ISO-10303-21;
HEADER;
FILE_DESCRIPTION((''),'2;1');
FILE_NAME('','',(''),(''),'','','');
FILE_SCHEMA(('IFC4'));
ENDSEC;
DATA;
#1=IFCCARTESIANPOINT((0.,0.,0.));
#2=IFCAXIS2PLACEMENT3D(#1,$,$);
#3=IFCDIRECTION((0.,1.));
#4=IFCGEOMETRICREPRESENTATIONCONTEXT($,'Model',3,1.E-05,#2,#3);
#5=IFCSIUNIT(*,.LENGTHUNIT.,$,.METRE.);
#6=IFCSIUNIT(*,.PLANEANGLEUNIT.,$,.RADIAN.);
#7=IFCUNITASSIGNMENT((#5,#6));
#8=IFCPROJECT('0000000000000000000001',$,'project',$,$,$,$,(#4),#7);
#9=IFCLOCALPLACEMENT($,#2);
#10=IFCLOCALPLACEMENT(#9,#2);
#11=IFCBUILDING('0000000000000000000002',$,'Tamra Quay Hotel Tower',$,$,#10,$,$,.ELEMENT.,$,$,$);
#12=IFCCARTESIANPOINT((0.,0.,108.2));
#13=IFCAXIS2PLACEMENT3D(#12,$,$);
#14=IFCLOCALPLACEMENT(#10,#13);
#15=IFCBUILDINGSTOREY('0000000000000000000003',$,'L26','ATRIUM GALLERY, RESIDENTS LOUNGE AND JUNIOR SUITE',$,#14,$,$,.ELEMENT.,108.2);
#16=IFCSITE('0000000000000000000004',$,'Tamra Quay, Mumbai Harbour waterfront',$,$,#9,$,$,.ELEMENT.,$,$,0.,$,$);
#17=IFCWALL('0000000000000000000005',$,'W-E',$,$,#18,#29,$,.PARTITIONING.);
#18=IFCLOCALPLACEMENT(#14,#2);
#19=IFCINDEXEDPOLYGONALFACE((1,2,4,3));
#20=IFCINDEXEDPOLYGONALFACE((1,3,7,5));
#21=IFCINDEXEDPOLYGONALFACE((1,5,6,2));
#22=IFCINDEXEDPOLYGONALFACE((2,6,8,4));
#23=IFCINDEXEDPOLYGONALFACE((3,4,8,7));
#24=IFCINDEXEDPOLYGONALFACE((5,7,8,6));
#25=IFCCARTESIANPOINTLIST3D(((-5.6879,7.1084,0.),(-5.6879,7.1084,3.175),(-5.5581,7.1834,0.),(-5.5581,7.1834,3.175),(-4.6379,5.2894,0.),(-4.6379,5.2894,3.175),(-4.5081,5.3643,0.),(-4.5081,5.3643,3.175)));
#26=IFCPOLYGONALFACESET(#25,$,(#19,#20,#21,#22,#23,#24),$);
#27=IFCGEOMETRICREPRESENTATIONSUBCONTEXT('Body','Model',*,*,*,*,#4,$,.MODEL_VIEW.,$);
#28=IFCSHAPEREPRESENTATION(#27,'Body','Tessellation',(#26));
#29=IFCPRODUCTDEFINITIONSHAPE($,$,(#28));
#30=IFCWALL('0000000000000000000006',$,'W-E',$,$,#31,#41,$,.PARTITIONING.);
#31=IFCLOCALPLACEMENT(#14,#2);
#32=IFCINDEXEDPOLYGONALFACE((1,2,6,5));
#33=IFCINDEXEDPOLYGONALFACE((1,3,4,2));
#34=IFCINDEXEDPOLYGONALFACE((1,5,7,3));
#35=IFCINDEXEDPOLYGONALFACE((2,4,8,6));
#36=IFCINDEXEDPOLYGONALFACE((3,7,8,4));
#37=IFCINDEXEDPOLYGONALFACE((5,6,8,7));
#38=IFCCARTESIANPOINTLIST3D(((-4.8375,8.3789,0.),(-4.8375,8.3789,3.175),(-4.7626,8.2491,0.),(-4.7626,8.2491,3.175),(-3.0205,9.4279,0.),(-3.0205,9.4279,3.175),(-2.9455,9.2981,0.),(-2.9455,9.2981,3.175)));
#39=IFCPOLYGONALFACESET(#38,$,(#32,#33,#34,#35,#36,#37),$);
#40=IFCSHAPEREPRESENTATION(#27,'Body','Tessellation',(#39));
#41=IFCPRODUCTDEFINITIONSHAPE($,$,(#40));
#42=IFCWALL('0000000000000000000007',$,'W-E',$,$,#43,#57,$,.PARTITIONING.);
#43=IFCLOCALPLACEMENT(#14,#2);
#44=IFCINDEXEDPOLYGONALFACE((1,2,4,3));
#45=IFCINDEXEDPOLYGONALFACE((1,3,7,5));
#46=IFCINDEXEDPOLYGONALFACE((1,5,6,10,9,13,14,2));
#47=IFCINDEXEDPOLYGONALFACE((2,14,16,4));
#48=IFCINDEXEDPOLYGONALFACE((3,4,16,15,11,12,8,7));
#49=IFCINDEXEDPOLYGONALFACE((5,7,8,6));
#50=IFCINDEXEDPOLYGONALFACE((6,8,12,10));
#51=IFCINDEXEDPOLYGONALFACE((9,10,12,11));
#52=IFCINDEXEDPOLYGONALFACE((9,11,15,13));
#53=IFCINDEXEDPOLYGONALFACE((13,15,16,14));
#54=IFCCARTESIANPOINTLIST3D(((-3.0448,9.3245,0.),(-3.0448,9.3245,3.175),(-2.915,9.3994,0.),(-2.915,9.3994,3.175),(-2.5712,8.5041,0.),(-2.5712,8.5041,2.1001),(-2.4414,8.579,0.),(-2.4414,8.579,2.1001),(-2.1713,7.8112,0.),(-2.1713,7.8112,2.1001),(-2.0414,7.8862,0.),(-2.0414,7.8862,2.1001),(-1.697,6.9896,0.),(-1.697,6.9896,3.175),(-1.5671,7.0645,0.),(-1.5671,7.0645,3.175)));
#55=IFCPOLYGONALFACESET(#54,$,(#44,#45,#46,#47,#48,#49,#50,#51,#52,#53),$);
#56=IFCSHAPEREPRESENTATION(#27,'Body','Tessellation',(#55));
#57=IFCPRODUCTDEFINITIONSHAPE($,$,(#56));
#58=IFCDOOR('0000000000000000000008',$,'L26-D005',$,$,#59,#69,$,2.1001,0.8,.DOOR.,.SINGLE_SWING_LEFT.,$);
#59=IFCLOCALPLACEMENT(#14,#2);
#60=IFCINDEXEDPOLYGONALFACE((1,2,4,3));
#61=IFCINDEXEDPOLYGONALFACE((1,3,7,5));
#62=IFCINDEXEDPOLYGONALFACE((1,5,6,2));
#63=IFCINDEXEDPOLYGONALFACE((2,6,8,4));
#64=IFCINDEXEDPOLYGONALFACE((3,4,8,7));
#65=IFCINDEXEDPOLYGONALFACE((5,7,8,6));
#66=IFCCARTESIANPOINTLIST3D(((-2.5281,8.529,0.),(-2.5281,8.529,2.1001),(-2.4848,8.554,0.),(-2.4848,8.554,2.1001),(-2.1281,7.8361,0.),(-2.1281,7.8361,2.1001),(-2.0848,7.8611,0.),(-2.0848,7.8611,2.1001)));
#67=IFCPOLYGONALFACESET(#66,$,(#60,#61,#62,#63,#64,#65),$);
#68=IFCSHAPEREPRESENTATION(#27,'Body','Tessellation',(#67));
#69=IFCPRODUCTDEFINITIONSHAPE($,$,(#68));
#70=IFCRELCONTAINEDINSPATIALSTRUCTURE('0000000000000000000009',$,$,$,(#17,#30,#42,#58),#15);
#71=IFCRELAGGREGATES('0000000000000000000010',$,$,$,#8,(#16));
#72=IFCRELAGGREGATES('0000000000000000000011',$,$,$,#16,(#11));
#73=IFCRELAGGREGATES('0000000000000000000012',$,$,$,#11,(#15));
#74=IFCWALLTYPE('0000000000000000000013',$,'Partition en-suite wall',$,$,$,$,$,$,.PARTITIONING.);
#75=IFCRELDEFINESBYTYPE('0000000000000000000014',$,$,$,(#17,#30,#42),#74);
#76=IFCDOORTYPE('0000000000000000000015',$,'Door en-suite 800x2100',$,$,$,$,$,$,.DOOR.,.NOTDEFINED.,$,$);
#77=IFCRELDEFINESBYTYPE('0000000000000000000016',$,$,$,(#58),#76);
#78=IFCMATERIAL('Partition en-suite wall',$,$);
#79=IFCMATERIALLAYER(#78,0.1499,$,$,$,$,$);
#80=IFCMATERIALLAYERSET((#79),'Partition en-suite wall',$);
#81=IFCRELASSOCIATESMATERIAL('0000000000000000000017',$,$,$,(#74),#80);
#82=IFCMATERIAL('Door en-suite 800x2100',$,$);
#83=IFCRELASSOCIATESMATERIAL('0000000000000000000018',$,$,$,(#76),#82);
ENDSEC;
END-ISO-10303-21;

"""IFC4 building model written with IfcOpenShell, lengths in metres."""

from ifc_helpers import new_model, si_unit, direction, frame, frame_2d, origin, place, context, subcontext, project, spatial, rectangle, extrude, material, layer, layer_set, type_object, element, fill, save


model = new_model("IFC4")

# Units and contexts
model_context = context("Model", 3, precision=1e-05, world=origin(), true_north=direction((0.0, 1.0)))
body_context = subcontext(model_context, "Body", "Model", "MODEL_VIEW")
ifc_project = project(units=[si_unit("LENGTHUNIT", "METRE"), si_unit("PLANEANGLEUNIT", "RADIAN")], contexts=[model_context])

# Site, building, storey
site_placement = place(None, origin())
site = spatial("IfcSite", under=ifc_project, at=site_placement, Name="Tamra Quay, Mumbai Harbour waterfront", CompositionType="ELEMENT", RefElevation=0.0)
building_placement = place(site_placement, origin())
building = spatial("IfcBuilding", under=site, at=building_placement, Name="Tamra Quay Hotel Tower", CompositionType="ELEMENT")
storey_placement = place(building_placement, frame((0.0, 0.0, 108.2)))
storey = spatial("IfcBuildingStorey", under=building, at=storey_placement, Name="L26", Description="ATRIUM GALLERY, RESIDENTS LOUNGE AND JUNIOR SUITE", CompositionType="ELEMENT", Elevation=108.2)

# Walls
ifc_material_1 = material(Name="Partition en-suite wall")
ifc_layer_1 = layer(ifc_material_1, 0.1499)
ifc_layer_set_1 = layer_set([ifc_layer_1], Name="Partition en-suite wall")
wall_type_1 = type_object("IfcWallType", Name="Partition en-suite wall", PredefinedType="PARTITIONING", material=ifc_layer_set_1)
wall_1_placement = place(storey_placement, frame((-5.623, 7.146, 0.0), z_axis=(0.0, 0.0, 1.0), x_axis=(0.499927, -0.866068, 0.0)))
element("IfcWall", 1, at=wall_1_placement, inside=storey, type_object=wall_type_1, Name="W-E", PredefinedType="PARTITIONING", context=body_context, shape_type="SweptSolid", body=[
    extrude(rectangle(XDim=2.1003, YDim=0.1499, at=frame_2d((1.0503, 0.0))), origin(), (0.0, 0.0, 1.0), 3.175),
])
wall_2_placement = place(storey_placement, frame((-4.8, 8.314, 0.0), z_axis=(0.0, 0.0, 1.0), x_axis=(0.866036, 0.499981, 0.0)))
element("IfcWall", 2, at=wall_2_placement, inside=storey, type_object=wall_type_1, Name="W-E", PredefinedType="PARTITIONING", context=body_context, shape_type="SweptSolid", body=[
    extrude(rectangle(XDim=2.0981, YDim=0.1499, at=frame_2d((1.0491, 0.0))), origin(), (0.0, 0.0, 1.0), 3.175),
])

# Wall, opening, door
wall_3_placement = place(storey_placement, frame((-2.98, 9.3621, 0.0), z_axis=(0.0, 0.0, 1.0), x_axis=(0.499947, -0.866056, 0.0)))
wall_3 = element("IfcWall", 3, at=wall_3_placement, inside=storey, type_object=wall_type_1, Name="W-E", PredefinedType="PARTITIONING", context=body_context, shape_type="SweptSolid", body=[
    extrude(rectangle(XDim=2.696, YDim=0.1499, at=frame_2d((1.3481, 0.0))), origin(), (0.0, 0.0, 1.0), 3.175),
])
opening_1_placement = place(wall_3_placement, frame((0.9475, 0.0, 0.0)))
opening_1 = element("IfcOpeningElement", 4, at=opening_1_placement, cuts=wall_3, PredefinedType="OPENING", context=body_context, shape_type="SweptSolid", body=[
    extrude(rectangle(XDim=0.8, YDim=2.1001, at=frame_2d((0.3999, 1.05))), frame((0.0, 0.085, 0.0), z_axis=(0.0, -1.0, 0.0), x_axis=(1.0, 0.0, 0.0)), (0.0, 0.0, 1.0), 0.1699),
])
ifc_material_2 = material(Name="Door en-suite 800x2100")
door_type_1 = type_object("IfcDoorType", Name="Door en-suite 800x2100", OperationType="NOTDEFINED", PredefinedType="DOOR", material=ifc_material_2)
door_1_placement = place(opening_1_placement, origin())
door_1 = element("IfcDoor", 5, at=door_1_placement, inside=storey, type_object=door_type_1, Name="L26-D005", OperationType="SINGLE_SWING_LEFT", OverallHeight=2.1001, OverallWidth=0.8, PredefinedType="DOOR", context=body_context, shape_type="SweptSolid", body=[
    extrude(rectangle(XDim=0.8, YDim=2.1001, at=frame_2d((0.3999, 1.05))), frame((0.0, 0.0249, 0.0), z_axis=(0.0, -1.0, 0.0), x_axis=(1.0, 0.0, 0.0)), (0.0, 0.0, 1.0), 0.05),
])
fill(opening_1, door_1)

save(model, "model.ifc")
